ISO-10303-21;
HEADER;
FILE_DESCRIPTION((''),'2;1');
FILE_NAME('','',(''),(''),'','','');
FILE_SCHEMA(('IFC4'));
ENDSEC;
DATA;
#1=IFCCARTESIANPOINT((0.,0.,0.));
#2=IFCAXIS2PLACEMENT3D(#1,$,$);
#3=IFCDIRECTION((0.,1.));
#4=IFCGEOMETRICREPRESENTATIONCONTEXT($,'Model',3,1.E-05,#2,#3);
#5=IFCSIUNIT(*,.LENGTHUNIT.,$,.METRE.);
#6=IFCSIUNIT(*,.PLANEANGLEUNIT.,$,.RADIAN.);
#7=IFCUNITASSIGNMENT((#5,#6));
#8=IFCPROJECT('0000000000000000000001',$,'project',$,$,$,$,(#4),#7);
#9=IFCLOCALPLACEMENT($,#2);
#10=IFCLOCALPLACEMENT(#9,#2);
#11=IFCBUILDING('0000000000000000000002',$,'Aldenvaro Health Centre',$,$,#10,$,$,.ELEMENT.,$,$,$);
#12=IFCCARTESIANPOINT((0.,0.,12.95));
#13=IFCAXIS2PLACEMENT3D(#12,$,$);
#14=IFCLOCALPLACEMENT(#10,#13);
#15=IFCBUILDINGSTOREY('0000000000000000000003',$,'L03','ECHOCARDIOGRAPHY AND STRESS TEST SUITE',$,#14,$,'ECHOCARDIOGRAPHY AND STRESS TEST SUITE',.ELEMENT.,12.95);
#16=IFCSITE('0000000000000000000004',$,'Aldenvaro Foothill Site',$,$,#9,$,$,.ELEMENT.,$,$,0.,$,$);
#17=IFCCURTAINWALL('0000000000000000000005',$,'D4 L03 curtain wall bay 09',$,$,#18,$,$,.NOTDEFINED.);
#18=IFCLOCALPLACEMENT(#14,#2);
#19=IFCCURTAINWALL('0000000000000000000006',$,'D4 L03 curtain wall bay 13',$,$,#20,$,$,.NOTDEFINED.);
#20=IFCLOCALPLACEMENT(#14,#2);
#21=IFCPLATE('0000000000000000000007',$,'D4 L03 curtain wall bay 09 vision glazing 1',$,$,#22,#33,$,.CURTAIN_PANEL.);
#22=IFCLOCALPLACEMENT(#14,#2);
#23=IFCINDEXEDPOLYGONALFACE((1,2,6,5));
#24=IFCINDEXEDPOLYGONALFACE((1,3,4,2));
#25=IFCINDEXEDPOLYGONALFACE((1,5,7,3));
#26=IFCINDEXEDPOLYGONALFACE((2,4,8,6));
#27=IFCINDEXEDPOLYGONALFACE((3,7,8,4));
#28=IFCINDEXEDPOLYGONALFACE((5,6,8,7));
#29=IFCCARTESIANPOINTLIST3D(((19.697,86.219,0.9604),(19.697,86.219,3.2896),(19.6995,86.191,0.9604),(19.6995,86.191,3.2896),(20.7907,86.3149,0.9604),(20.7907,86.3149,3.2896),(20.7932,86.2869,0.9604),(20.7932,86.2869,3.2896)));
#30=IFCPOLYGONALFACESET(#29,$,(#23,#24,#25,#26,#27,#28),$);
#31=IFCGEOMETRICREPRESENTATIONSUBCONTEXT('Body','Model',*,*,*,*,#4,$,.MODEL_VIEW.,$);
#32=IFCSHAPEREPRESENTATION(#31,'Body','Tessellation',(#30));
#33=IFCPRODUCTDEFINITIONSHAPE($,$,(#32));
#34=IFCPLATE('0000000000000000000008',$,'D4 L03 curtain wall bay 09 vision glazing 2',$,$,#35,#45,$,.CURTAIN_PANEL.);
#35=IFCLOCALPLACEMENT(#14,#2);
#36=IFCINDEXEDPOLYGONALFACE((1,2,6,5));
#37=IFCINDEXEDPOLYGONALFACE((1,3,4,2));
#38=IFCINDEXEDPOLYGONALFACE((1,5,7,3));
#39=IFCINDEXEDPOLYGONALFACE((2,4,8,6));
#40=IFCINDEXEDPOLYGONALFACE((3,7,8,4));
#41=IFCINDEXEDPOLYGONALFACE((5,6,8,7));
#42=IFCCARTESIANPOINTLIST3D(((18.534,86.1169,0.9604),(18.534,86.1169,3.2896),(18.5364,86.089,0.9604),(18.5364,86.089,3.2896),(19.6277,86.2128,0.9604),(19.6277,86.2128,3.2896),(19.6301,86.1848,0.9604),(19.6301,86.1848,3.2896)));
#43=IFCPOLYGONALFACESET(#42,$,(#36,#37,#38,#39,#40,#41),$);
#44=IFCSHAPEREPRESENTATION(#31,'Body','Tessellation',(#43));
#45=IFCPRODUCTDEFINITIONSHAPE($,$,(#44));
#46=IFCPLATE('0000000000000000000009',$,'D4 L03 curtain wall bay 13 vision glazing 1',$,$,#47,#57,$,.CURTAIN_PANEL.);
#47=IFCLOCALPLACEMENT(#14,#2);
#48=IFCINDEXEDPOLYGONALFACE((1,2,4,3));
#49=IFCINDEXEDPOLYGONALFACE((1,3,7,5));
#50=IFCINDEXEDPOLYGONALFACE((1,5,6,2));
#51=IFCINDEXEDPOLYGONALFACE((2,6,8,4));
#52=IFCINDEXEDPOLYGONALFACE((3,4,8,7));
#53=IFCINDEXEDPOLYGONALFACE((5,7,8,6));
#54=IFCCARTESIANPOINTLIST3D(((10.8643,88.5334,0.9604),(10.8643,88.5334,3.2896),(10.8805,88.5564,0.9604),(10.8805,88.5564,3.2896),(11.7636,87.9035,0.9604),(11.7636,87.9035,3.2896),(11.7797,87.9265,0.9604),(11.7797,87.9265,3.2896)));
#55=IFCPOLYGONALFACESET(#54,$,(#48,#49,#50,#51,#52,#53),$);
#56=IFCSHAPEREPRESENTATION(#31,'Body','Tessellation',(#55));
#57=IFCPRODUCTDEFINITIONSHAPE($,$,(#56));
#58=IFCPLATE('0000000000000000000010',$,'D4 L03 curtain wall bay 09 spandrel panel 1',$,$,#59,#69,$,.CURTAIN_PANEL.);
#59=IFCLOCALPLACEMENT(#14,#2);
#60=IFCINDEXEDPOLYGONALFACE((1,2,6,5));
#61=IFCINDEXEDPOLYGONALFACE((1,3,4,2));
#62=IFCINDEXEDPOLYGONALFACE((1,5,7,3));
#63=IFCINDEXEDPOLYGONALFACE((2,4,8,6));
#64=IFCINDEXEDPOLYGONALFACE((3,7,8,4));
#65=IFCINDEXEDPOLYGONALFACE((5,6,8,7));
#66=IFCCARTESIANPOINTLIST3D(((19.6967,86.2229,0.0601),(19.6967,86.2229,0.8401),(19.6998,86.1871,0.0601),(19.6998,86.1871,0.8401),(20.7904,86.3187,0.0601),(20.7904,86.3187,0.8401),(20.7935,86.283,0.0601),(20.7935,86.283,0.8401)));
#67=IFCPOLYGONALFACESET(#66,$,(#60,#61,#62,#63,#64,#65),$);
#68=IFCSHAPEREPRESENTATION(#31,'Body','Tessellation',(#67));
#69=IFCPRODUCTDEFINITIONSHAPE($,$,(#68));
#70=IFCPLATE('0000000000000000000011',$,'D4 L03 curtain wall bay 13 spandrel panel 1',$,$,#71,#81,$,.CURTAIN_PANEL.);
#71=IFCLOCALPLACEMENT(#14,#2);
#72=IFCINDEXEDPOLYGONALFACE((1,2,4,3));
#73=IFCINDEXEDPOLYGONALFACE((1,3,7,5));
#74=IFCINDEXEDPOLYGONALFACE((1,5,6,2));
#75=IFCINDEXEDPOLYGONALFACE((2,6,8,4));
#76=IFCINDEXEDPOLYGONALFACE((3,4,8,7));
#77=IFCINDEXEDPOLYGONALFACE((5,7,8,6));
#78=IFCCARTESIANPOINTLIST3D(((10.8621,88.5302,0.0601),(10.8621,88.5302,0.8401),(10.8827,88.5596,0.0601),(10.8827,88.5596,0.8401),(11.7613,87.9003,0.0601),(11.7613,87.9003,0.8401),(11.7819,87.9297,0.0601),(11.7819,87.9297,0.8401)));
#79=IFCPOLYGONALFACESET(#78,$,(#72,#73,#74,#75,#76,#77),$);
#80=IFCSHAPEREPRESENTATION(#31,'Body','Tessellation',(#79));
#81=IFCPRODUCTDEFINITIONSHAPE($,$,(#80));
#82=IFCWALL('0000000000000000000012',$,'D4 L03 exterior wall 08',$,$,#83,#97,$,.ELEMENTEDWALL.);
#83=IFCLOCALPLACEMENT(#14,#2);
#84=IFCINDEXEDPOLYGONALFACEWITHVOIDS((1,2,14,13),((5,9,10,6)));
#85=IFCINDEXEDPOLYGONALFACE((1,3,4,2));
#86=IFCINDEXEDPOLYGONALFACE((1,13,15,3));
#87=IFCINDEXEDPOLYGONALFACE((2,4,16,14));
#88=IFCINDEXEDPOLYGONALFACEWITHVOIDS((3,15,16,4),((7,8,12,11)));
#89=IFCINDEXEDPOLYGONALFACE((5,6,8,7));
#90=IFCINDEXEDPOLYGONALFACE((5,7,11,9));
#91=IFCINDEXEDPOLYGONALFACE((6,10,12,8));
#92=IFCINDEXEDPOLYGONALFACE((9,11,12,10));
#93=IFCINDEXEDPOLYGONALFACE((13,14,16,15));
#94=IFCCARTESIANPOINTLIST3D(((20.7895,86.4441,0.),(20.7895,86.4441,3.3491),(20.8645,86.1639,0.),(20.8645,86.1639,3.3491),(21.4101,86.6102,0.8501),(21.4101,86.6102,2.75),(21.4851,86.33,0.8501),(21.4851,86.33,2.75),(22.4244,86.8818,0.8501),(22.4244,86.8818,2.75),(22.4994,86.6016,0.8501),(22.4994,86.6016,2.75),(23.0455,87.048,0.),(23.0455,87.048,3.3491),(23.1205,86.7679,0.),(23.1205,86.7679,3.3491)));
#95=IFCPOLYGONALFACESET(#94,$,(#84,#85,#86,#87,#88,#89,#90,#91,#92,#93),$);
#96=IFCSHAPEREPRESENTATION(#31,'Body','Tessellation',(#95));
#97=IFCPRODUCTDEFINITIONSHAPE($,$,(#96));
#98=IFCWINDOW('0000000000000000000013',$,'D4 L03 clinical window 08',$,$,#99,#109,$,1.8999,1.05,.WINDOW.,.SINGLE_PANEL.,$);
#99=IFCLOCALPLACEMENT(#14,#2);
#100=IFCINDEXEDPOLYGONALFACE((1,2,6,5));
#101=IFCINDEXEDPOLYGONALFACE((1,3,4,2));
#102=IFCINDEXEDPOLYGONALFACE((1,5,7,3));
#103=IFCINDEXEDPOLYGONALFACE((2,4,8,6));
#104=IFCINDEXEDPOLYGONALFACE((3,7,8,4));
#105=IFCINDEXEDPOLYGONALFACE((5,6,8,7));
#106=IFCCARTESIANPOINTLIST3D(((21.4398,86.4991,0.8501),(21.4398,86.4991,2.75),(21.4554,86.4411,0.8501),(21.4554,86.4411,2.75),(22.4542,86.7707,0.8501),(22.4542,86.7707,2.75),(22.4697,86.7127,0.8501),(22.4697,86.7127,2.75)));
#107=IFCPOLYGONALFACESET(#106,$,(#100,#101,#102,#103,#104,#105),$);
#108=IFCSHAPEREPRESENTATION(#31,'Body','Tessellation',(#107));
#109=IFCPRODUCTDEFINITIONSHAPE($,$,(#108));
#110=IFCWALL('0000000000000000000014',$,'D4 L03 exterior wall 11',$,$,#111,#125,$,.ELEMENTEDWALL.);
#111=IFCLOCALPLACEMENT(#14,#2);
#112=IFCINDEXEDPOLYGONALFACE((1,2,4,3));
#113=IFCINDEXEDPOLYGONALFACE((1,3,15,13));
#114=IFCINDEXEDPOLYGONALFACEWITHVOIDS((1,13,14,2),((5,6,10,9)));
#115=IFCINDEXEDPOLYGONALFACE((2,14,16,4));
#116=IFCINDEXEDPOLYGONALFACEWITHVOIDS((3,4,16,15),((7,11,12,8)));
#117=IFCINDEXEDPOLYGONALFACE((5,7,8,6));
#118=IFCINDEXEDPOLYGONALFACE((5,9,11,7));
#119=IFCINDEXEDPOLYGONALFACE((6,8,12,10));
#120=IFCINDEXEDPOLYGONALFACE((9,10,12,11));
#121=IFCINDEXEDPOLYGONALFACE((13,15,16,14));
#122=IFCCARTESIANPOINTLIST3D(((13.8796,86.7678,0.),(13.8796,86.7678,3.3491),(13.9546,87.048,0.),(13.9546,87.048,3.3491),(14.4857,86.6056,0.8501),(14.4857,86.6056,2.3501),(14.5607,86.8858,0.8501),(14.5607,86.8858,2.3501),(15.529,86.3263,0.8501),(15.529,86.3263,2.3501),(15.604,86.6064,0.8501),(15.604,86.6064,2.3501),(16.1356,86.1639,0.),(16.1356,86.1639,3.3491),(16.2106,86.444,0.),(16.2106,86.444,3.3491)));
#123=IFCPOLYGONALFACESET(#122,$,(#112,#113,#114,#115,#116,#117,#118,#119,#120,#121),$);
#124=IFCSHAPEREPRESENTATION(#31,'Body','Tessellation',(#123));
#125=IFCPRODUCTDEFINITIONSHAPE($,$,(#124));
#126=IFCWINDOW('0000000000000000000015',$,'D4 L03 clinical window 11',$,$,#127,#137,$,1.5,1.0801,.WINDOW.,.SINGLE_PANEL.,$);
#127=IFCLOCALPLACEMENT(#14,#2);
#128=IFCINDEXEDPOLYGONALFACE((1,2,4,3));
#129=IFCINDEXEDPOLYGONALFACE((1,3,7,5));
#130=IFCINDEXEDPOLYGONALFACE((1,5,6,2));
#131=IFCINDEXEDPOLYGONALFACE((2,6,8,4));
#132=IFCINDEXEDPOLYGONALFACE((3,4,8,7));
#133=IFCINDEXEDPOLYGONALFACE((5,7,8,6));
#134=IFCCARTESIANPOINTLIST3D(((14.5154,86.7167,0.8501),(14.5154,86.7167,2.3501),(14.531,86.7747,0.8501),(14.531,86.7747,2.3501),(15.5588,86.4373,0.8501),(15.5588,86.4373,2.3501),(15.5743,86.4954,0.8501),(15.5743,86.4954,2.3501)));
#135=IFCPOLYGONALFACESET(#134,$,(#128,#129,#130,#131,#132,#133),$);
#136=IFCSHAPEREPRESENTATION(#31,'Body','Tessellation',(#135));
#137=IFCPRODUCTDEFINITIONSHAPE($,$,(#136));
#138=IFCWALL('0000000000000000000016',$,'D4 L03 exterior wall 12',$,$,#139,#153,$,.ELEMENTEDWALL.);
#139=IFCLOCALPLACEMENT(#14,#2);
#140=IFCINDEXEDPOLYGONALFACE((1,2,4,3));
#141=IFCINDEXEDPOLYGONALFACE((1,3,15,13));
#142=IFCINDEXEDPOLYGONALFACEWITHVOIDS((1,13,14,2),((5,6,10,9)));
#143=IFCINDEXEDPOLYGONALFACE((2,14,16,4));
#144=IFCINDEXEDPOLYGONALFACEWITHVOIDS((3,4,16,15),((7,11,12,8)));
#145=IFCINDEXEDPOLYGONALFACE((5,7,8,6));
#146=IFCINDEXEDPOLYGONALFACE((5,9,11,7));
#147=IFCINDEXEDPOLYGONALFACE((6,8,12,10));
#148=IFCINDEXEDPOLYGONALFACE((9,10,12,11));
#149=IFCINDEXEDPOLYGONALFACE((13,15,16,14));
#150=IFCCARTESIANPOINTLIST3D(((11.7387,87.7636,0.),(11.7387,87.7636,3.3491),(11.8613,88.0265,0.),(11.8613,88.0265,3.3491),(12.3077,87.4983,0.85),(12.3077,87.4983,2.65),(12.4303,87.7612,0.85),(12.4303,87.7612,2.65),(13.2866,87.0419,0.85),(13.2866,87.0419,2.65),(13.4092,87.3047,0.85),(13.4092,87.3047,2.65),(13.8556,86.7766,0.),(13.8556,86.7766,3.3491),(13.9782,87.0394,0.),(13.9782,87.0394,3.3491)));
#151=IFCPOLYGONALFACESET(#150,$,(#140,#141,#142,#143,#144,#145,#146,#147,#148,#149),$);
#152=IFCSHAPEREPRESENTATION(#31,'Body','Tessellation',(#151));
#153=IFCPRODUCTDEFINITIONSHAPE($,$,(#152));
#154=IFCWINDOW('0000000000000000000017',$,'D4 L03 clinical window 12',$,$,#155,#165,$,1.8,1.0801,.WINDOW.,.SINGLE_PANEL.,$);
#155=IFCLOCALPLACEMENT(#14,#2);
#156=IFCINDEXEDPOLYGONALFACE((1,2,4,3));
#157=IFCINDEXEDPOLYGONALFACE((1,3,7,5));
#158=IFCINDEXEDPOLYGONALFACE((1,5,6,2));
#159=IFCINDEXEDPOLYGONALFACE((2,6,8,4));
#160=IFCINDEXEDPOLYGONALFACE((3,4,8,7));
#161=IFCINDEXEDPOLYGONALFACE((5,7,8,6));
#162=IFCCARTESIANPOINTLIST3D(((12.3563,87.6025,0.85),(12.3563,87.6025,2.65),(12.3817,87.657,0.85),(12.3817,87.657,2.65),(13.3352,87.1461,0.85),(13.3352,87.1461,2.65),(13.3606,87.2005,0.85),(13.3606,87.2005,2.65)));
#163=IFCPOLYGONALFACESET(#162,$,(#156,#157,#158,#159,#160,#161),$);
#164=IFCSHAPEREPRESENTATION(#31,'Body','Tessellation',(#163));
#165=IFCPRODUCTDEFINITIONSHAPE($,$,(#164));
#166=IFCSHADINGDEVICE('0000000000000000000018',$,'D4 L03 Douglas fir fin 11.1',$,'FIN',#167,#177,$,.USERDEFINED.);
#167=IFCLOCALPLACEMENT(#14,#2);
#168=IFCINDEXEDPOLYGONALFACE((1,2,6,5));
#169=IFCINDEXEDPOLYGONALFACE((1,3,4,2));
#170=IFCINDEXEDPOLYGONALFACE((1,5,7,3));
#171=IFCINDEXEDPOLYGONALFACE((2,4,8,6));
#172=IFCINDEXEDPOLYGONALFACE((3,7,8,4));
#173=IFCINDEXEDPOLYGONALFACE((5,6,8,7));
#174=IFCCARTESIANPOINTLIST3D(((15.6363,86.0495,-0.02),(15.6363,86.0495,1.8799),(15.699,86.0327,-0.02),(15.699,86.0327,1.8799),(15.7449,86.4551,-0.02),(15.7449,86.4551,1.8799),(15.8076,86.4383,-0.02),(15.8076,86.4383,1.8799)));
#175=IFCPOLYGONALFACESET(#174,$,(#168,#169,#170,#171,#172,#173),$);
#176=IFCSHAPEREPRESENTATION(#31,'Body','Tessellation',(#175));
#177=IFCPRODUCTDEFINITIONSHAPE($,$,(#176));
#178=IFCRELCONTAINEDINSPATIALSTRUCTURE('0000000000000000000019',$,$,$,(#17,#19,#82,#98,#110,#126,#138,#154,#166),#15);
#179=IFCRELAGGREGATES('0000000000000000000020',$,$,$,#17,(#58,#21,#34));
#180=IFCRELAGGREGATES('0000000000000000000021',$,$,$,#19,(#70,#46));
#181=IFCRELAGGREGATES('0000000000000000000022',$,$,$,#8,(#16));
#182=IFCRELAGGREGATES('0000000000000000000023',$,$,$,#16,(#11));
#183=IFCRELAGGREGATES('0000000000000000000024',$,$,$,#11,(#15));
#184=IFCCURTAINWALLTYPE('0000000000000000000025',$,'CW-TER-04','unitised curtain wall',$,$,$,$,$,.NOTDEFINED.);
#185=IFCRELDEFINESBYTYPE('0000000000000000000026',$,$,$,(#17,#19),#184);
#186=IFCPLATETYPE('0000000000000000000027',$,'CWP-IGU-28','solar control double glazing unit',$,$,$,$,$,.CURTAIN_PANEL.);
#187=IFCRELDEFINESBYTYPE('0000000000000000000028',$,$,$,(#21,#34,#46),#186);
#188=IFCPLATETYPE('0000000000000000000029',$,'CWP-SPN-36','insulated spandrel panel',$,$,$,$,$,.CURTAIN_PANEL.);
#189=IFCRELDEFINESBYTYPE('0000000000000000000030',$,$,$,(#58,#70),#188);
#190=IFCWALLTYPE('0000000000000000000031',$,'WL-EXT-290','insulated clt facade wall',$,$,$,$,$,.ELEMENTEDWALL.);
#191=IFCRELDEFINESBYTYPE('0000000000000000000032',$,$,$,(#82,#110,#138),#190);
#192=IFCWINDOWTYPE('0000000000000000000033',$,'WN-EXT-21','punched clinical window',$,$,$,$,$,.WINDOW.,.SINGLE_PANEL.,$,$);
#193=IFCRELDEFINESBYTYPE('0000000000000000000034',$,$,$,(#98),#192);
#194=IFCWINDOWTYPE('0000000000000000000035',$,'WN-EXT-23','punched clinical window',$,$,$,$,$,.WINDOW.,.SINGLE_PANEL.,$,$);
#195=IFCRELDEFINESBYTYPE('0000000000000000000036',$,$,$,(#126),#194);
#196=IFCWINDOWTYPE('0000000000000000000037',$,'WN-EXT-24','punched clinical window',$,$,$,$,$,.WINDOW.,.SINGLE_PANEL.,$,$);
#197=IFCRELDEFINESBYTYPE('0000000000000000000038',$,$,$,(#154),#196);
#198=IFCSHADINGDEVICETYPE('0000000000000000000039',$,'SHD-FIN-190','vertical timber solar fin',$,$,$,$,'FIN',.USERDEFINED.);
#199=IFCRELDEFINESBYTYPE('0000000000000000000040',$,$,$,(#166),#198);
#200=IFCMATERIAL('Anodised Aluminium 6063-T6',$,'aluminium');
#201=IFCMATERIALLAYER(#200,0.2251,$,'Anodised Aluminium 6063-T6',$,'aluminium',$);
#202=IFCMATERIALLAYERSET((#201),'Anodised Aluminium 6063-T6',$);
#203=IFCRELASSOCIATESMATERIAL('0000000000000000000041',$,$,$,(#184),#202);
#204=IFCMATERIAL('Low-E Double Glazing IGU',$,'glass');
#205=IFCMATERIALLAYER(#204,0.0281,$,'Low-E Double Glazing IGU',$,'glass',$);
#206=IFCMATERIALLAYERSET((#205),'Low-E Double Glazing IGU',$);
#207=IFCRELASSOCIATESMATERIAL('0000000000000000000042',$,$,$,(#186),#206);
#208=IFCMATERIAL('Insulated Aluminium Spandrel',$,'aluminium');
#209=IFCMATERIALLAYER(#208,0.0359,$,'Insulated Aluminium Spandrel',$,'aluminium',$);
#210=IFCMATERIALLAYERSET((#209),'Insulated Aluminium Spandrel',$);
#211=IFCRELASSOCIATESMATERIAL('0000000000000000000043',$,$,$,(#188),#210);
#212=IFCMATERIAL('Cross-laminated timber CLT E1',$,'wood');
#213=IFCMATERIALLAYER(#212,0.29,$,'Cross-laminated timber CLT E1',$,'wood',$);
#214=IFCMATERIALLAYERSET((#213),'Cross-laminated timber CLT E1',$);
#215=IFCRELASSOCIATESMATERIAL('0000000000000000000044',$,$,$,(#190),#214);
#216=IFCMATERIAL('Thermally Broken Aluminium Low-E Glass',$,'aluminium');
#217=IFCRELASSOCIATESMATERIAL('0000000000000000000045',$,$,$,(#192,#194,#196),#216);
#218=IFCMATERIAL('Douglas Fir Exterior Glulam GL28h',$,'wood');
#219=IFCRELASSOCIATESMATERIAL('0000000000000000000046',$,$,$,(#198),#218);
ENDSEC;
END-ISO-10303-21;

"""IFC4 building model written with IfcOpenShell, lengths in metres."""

from ifc_helpers import new_model, si_unit, direction, frame, frame_2d, origin, origin_2d, place, context, subcontext, project, spatial, rectangle, extrude, material, layer, layer_set, type_object, element, fill, aggregate, save


model = new_model("IFC4")

# Units and contexts
model_context = context("Model", 3, precision=1e-05, world=origin(), true_north=direction((0.0, 1.0)))
body_context = subcontext(model_context, "Body", "Model", "MODEL_VIEW")
ifc_project = project(units=[si_unit("LENGTHUNIT", "METRE"), si_unit("PLANEANGLEUNIT", "RADIAN")], contexts=[model_context])

# Site, building, storey
site_placement = place(None, origin())
site = spatial("IfcSite", under=ifc_project, at=site_placement, Name="Aldenvaro Foothill Site", CompositionType="ELEMENT", RefElevation=0.0)
building_placement = place(site_placement, origin())
building = spatial("IfcBuilding", under=site, at=building_placement, Name="Aldenvaro Health Centre", CompositionType="ELEMENT")
storey_placement = place(building_placement, frame((0.0, 0.0, 12.95)))
storey = spatial("IfcBuildingStorey", under=building, at=storey_placement, Name="L03", Description="ECHOCARDIOGRAPHY AND STRESS TEST SUITE", LongName="ECHOCARDIOGRAPHY AND STRESS TEST SUITE", CompositionType="ELEMENT", Elevation=12.95)

# Curtain wall
ifc_material_1 = material(Name="Anodised Aluminium 6063-T6", Category="aluminium")
ifc_layer_1 = layer(ifc_material_1, 0.2251, Name="Anodised Aluminium 6063-T6", Category="aluminium")
ifc_layer_set_1 = layer_set([ifc_layer_1], Name="Anodised Aluminium 6063-T6")
curtain_wall_type = type_object("IfcCurtainWallType", Name="CW-TER-04", Description="unitised curtain wall", PredefinedType="NOTDEFINED", material=ifc_layer_set_1)
curtain_wall_1_placement = place(storey_placement, origin())
curtain_wall_1 = element("IfcCurtainWall", 1, at=curtain_wall_1_placement, inside=storey, type_object=curtain_wall_type, Name="D4 L03 curtain wall bay 09", PredefinedType="NOTDEFINED")

# Curtain wall
curtain_wall_2_placement = place(storey_placement, origin())
curtain_wall_2 = element("IfcCurtainWall", 2, at=curtain_wall_2_placement, inside=storey, type_object=curtain_wall_type, Name="D4 L03 curtain wall bay 13", PredefinedType="NOTDEFINED")

# Plates
ifc_material_2 = material(Name="Low-E Double Glazing IGU", Category="glass")
ifc_layer_2 = layer(ifc_material_2, 0.0281, Name="Low-E Double Glazing IGU", Category="glass")
ifc_layer_set_2 = layer_set([ifc_layer_2], Name="Low-E Double Glazing IGU")
plate_type_1 = type_object("IfcPlateType", Name="CWP-IGU-28", Description="solar control double glazing unit", PredefinedType="CURTAIN_PANEL", material=ifc_layer_set_2)
plate_1_placement = place(storey_placement, frame((20.2451, 86.2529, 0.9604), z_axis=(0.0, 0.0, 1.0), x_axis=(-0.996179, -0.087332, 0.0)))
plate_1 = element("IfcPlate", 3, at=plate_1_placement, type_object=plate_type_1, Name="D4 L03 curtain wall bay 09 vision glazing 1", PredefinedType="CURTAIN_PANEL", context=body_context, shape_type="SweptSolid", body=[
    extrude(rectangle(XDim=1.0979, YDim=0.0281, at=origin_2d()), origin(), (0.0, 0.0, 1.0), 2.3291),
])
plate_2_placement = place(storey_placement, frame((19.082, 86.1509, 0.9604), z_axis=(0.0, 0.0, 1.0), x_axis=(-0.996179, -0.087332, 0.0)))
plate_2 = element("IfcPlate", 4, at=plate_2_placement, type_object=plate_type_1, Name="D4 L03 curtain wall bay 09 vision glazing 2", PredefinedType="CURTAIN_PANEL", context=body_context, shape_type="SweptSolid", body=[
    extrude(rectangle(XDim=1.0979, YDim=0.0281, at=origin_2d()), origin(), (0.0, 0.0, 1.0), 2.3291),
])
plate_3_placement = place(storey_placement, frame((11.322, 88.23, 0.9604), z_axis=(0.0, 0.0, 1.0), x_axis=(-0.819051, 0.573721, 0.0)))
plate_3 = element("IfcPlate", 5, at=plate_3_placement, type_object=plate_type_1, Name="D4 L03 curtain wall bay 13 vision glazing 1", PredefinedType="CURTAIN_PANEL", context=body_context, shape_type="SweptSolid", body=[
    extrude(rectangle(XDim=1.0979, YDim=0.0281, at=origin_2d()), origin(), (0.0, 0.0, 1.0), 2.3291),
])
ifc_material_3 = material(Name="Insulated Aluminium Spandrel", Category="aluminium")
ifc_layer_3 = layer(ifc_material_3, 0.0359, Name="Insulated Aluminium Spandrel", Category="aluminium")
ifc_layer_set_3 = layer_set([ifc_layer_3], Name="Insulated Aluminium Spandrel")
plate_type_2 = type_object("IfcPlateType", Name="CWP-SPN-36", Description="insulated spandrel panel", PredefinedType="CURTAIN_PANEL", material=ifc_layer_set_3)
plate_4_placement = place(storey_placement, frame((20.2451, 86.2529, 0.0601), z_axis=(0.0, 0.0, 1.0), x_axis=(-0.996179, -0.087332, 0.0)))
plate_4 = element("IfcPlate", 6, at=plate_4_placement, type_object=plate_type_2, Name="D4 L03 curtain wall bay 09 spandrel panel 1", PredefinedType="CURTAIN_PANEL", context=body_context, shape_type="SweptSolid", body=[
    extrude(rectangle(XDim=1.0979, YDim=0.0359, at=origin_2d()), origin(), (0.0, 0.0, 1.0), 0.78),
])
aggregate(curtain_wall_1, [plate_4, plate_1, plate_2])
plate_5_placement = place(storey_placement, frame((11.322, 88.23, 0.0601), z_axis=(0.0, 0.0, 1.0), x_axis=(-0.819051, 0.573721, 0.0)))
plate_5 = element("IfcPlate", 7, at=plate_5_placement, type_object=plate_type_2, Name="D4 L03 curtain wall bay 13 spandrel panel 1", PredefinedType="CURTAIN_PANEL", context=body_context, shape_type="SweptSolid", body=[
    extrude(rectangle(XDim=1.0979, YDim=0.0359, at=origin_2d()), origin(), (0.0, 0.0, 1.0), 0.78),
])
aggregate(curtain_wall_2, [plate_5, plate_3])

# Walls, openings, windows
ifc_material_4 = material(Name="Cross-laminated timber CLT E1", Category="wood")
ifc_layer_4 = layer(ifc_material_4, 0.29, Name="Cross-laminated timber CLT E1", Category="wood")
ifc_layer_set_4 = layer_set([ifc_layer_4], Name="Cross-laminated timber CLT E1")
wall_type = type_object("IfcWallType", Name="WL-EXT-290", Description="insulated clt facade wall", PredefinedType="ELEMENTEDWALL", material=ifc_layer_set_4)
wall_1_placement = place(storey_placement, frame((23.083, 86.908, 0.0), z_axis=(0.0, 0.0, 1.0), x_axis=(-0.965981, -0.258612, 0.0)))
wall_1 = element("IfcWall", 8, at=wall_1_placement, inside=storey, type_object=wall_type, Name="D4 L03 exterior wall 08", PredefinedType="ELEMENTEDWALL", context=body_context, shape_type="SweptSolid", body=[
    extrude(rectangle(XDim=2.3354, YDim=0.29, at=frame_2d((1.1677, 0.0))), origin(), (0.0, 0.0, 1.0), 3.3491),
])
opening_1_placement = place(wall_1_placement, frame((0.6431, 0.0, 0.8501)))
opening_1 = element("IfcOpeningElement", 9, at=opening_1_placement, cuts=wall_1, PredefinedType="OPENING", context=body_context, shape_type="SweptSolid", body=[
    extrude(rectangle(XDim=1.05, YDim=1.8999, at=frame_2d((0.5249, 0.95))), frame((0.0, 0.155, 0.0), z_axis=(0.0, -1.0, 0.0), x_axis=(1.0, 0.0, 0.0)), (0.0, 0.0, 1.0), 0.3101),
])
ifc_material_5 = material(Name="Thermally Broken Aluminium Low-E Glass", Category="aluminium")
window_type_1 = type_object("IfcWindowType", Name="WN-EXT-21", Description="punched clinical window", PartitioningType="SINGLE_PANEL", PredefinedType="WINDOW", material=ifc_material_5)
window_1_placement = place(opening_1_placement, origin())
window_1 = element("IfcWindow", 10, at=window_1_placement, inside=storey, type_object=window_type_1, Name="D4 L03 clinical window 08", OverallHeight=1.8999, OverallWidth=1.05, PartitioningType="SINGLE_PANEL", PredefinedType="WINDOW", context=body_context, shape_type="SweptSolid", body=[
    extrude(rectangle(XDim=1.05, YDim=1.8999, at=frame_2d((0.5249, 0.95))), frame((0.0, 0.03, 0.0), z_axis=(0.0, -1.0, 0.0), x_axis=(1.0, 0.0, 0.0)), (0.0, 0.0, 1.0), 0.0601),
])
fill(opening_1, window_1)
wall_2_placement = place(storey_placement, frame((16.1731, 86.304, 0.0), z_axis=(0.0, 0.0, 1.0), x_axis=(-0.965981, 0.258612, 0.0)))
wall_2 = element("IfcWall", 11, at=wall_2_placement, inside=storey, type_object=wall_type, Name="D4 L03 exterior wall 11", PredefinedType="ELEMENTEDWALL", context=body_context, shape_type="SweptSolid", body=[
    extrude(rectangle(XDim=2.3354, YDim=0.29, at=frame_2d((1.1677, 0.0))), origin(), (0.0, 0.0, 1.0), 3.3491),
])
opening_2_placement = place(wall_2_placement, frame((0.6279, 0.0, 0.8501)))
opening_2 = element("IfcOpeningElement", 12, at=opening_2_placement, cuts=wall_2, PredefinedType="OPENING", context=body_context, shape_type="SweptSolid", body=[
    extrude(rectangle(XDim=1.0801, YDim=1.5, at=frame_2d((0.54, 0.75))), frame((0.0, 0.155, 0.0), z_axis=(0.0, -1.0, 0.0), x_axis=(1.0, 0.0, 0.0)), (0.0, 0.0, 1.0), 0.3101),
])
window_type_2 = type_object("IfcWindowType", Name="WN-EXT-23", Description="punched clinical window", PartitioningType="SINGLE_PANEL", PredefinedType="WINDOW", material=ifc_material_5)
window_2_placement = place(opening_2_placement, origin())
window_2 = element("IfcWindow", 13, at=window_2_placement, inside=storey, type_object=window_type_2, Name="D4 L03 clinical window 11", OverallHeight=1.5, OverallWidth=1.0801, PartitioningType="SINGLE_PANEL", PredefinedType="WINDOW", context=body_context, shape_type="SweptSolid", body=[
    extrude(rectangle(XDim=1.0801, YDim=1.5, at=frame_2d((0.54, 0.75))), frame((0.0, 0.03, 0.0), z_axis=(0.0, -1.0, 0.0), x_axis=(1.0, 0.0, 0.0)), (0.0, 0.0, 1.0), 0.0601),
])
fill(opening_2, window_2)
wall_3_placement = place(storey_placement, frame((13.917, 86.908, 0.0), z_axis=(0.0, 0.0, 1.0), x_axis=(-0.906322, 0.422588, 0.0)))
wall_3 = element("IfcWall", 14, at=wall_3_placement, inside=storey, type_object=wall_type, Name="D4 L03 exterior wall 12", PredefinedType="ELEMENTEDWALL", context=body_context, shape_type="SweptSolid", body=[
    extrude(rectangle(XDim=2.3357, YDim=0.29, at=frame_2d((1.168, 0.0))), origin(), (0.0, 0.0, 1.0), 3.3491),
])
opening_3_placement = place(wall_3_placement, frame((0.6279, 0.0, 0.8501)))
opening_3 = element("IfcOpeningElement", 15, at=opening_3_placement, cuts=wall_3, PredefinedType="OPENING", context=body_context, shape_type="SweptSolid", body=[
    extrude(rectangle(XDim=1.0801, YDim=1.8, at=frame_2d((0.54, 0.8999))), frame((0.0, 0.155, 0.0), z_axis=(0.0, -1.0, 0.0), x_axis=(1.0, 0.0, 0.0)), (0.0, 0.0, 1.0), 0.3101),
])
window_type_3 = type_object("IfcWindowType", Name="WN-EXT-24", Description="punched clinical window", PartitioningType="SINGLE_PANEL", PredefinedType="WINDOW", material=ifc_material_5)
window_3_placement = place(opening_3_placement, origin())
window_3 = element("IfcWindow", 16, at=window_3_placement, inside=storey, type_object=window_type_3, Name="D4 L03 clinical window 12", OverallHeight=1.8, OverallWidth=1.0801, PartitioningType="SINGLE_PANEL", PredefinedType="WINDOW", context=body_context, shape_type="SweptSolid", body=[
    extrude(rectangle(XDim=1.0801, YDim=1.8, at=frame_2d((0.54, 0.8999))), frame((0.0, 0.03, 0.0), z_axis=(0.0, -1.0, 0.0), x_axis=(1.0, 0.0, 0.0)), (0.0, 0.0, 1.0), 0.0601),
])
fill(opening_3, window_3)

# Shading device
ifc_material_6 = material(Name="Douglas Fir Exterior Glulam GL28h", Category="wood")
shading_device_type_1 = type_object("IfcShadingDeviceType", Name="SHD-FIN-190", Description="vertical timber solar fin", ElementType="FIN", PredefinedType="USERDEFINED", material=ifc_material_6)
shading_device_1_placement = place(storey_placement, frame((15.7219, 86.2439, -0.02), z_axis=(0.0, 0.0, 1.0), x_axis=(-0.965979, 0.258622, 0.0)))
element("IfcShadingDevice", 17, at=shading_device_1_placement, inside=storey, type_object=shading_device_type_1, Name="D4 L03 Douglas fir fin 11.1", ObjectType="FIN", PredefinedType="USERDEFINED", context=body_context, shape_type="SweptSolid", body=[
    extrude(rectangle(XDim=0.0649, YDim=0.4199, at=origin_2d()), origin(), (0.0, 0.0, 1.0), 1.8999),
])

save(model, "model.ifc")
